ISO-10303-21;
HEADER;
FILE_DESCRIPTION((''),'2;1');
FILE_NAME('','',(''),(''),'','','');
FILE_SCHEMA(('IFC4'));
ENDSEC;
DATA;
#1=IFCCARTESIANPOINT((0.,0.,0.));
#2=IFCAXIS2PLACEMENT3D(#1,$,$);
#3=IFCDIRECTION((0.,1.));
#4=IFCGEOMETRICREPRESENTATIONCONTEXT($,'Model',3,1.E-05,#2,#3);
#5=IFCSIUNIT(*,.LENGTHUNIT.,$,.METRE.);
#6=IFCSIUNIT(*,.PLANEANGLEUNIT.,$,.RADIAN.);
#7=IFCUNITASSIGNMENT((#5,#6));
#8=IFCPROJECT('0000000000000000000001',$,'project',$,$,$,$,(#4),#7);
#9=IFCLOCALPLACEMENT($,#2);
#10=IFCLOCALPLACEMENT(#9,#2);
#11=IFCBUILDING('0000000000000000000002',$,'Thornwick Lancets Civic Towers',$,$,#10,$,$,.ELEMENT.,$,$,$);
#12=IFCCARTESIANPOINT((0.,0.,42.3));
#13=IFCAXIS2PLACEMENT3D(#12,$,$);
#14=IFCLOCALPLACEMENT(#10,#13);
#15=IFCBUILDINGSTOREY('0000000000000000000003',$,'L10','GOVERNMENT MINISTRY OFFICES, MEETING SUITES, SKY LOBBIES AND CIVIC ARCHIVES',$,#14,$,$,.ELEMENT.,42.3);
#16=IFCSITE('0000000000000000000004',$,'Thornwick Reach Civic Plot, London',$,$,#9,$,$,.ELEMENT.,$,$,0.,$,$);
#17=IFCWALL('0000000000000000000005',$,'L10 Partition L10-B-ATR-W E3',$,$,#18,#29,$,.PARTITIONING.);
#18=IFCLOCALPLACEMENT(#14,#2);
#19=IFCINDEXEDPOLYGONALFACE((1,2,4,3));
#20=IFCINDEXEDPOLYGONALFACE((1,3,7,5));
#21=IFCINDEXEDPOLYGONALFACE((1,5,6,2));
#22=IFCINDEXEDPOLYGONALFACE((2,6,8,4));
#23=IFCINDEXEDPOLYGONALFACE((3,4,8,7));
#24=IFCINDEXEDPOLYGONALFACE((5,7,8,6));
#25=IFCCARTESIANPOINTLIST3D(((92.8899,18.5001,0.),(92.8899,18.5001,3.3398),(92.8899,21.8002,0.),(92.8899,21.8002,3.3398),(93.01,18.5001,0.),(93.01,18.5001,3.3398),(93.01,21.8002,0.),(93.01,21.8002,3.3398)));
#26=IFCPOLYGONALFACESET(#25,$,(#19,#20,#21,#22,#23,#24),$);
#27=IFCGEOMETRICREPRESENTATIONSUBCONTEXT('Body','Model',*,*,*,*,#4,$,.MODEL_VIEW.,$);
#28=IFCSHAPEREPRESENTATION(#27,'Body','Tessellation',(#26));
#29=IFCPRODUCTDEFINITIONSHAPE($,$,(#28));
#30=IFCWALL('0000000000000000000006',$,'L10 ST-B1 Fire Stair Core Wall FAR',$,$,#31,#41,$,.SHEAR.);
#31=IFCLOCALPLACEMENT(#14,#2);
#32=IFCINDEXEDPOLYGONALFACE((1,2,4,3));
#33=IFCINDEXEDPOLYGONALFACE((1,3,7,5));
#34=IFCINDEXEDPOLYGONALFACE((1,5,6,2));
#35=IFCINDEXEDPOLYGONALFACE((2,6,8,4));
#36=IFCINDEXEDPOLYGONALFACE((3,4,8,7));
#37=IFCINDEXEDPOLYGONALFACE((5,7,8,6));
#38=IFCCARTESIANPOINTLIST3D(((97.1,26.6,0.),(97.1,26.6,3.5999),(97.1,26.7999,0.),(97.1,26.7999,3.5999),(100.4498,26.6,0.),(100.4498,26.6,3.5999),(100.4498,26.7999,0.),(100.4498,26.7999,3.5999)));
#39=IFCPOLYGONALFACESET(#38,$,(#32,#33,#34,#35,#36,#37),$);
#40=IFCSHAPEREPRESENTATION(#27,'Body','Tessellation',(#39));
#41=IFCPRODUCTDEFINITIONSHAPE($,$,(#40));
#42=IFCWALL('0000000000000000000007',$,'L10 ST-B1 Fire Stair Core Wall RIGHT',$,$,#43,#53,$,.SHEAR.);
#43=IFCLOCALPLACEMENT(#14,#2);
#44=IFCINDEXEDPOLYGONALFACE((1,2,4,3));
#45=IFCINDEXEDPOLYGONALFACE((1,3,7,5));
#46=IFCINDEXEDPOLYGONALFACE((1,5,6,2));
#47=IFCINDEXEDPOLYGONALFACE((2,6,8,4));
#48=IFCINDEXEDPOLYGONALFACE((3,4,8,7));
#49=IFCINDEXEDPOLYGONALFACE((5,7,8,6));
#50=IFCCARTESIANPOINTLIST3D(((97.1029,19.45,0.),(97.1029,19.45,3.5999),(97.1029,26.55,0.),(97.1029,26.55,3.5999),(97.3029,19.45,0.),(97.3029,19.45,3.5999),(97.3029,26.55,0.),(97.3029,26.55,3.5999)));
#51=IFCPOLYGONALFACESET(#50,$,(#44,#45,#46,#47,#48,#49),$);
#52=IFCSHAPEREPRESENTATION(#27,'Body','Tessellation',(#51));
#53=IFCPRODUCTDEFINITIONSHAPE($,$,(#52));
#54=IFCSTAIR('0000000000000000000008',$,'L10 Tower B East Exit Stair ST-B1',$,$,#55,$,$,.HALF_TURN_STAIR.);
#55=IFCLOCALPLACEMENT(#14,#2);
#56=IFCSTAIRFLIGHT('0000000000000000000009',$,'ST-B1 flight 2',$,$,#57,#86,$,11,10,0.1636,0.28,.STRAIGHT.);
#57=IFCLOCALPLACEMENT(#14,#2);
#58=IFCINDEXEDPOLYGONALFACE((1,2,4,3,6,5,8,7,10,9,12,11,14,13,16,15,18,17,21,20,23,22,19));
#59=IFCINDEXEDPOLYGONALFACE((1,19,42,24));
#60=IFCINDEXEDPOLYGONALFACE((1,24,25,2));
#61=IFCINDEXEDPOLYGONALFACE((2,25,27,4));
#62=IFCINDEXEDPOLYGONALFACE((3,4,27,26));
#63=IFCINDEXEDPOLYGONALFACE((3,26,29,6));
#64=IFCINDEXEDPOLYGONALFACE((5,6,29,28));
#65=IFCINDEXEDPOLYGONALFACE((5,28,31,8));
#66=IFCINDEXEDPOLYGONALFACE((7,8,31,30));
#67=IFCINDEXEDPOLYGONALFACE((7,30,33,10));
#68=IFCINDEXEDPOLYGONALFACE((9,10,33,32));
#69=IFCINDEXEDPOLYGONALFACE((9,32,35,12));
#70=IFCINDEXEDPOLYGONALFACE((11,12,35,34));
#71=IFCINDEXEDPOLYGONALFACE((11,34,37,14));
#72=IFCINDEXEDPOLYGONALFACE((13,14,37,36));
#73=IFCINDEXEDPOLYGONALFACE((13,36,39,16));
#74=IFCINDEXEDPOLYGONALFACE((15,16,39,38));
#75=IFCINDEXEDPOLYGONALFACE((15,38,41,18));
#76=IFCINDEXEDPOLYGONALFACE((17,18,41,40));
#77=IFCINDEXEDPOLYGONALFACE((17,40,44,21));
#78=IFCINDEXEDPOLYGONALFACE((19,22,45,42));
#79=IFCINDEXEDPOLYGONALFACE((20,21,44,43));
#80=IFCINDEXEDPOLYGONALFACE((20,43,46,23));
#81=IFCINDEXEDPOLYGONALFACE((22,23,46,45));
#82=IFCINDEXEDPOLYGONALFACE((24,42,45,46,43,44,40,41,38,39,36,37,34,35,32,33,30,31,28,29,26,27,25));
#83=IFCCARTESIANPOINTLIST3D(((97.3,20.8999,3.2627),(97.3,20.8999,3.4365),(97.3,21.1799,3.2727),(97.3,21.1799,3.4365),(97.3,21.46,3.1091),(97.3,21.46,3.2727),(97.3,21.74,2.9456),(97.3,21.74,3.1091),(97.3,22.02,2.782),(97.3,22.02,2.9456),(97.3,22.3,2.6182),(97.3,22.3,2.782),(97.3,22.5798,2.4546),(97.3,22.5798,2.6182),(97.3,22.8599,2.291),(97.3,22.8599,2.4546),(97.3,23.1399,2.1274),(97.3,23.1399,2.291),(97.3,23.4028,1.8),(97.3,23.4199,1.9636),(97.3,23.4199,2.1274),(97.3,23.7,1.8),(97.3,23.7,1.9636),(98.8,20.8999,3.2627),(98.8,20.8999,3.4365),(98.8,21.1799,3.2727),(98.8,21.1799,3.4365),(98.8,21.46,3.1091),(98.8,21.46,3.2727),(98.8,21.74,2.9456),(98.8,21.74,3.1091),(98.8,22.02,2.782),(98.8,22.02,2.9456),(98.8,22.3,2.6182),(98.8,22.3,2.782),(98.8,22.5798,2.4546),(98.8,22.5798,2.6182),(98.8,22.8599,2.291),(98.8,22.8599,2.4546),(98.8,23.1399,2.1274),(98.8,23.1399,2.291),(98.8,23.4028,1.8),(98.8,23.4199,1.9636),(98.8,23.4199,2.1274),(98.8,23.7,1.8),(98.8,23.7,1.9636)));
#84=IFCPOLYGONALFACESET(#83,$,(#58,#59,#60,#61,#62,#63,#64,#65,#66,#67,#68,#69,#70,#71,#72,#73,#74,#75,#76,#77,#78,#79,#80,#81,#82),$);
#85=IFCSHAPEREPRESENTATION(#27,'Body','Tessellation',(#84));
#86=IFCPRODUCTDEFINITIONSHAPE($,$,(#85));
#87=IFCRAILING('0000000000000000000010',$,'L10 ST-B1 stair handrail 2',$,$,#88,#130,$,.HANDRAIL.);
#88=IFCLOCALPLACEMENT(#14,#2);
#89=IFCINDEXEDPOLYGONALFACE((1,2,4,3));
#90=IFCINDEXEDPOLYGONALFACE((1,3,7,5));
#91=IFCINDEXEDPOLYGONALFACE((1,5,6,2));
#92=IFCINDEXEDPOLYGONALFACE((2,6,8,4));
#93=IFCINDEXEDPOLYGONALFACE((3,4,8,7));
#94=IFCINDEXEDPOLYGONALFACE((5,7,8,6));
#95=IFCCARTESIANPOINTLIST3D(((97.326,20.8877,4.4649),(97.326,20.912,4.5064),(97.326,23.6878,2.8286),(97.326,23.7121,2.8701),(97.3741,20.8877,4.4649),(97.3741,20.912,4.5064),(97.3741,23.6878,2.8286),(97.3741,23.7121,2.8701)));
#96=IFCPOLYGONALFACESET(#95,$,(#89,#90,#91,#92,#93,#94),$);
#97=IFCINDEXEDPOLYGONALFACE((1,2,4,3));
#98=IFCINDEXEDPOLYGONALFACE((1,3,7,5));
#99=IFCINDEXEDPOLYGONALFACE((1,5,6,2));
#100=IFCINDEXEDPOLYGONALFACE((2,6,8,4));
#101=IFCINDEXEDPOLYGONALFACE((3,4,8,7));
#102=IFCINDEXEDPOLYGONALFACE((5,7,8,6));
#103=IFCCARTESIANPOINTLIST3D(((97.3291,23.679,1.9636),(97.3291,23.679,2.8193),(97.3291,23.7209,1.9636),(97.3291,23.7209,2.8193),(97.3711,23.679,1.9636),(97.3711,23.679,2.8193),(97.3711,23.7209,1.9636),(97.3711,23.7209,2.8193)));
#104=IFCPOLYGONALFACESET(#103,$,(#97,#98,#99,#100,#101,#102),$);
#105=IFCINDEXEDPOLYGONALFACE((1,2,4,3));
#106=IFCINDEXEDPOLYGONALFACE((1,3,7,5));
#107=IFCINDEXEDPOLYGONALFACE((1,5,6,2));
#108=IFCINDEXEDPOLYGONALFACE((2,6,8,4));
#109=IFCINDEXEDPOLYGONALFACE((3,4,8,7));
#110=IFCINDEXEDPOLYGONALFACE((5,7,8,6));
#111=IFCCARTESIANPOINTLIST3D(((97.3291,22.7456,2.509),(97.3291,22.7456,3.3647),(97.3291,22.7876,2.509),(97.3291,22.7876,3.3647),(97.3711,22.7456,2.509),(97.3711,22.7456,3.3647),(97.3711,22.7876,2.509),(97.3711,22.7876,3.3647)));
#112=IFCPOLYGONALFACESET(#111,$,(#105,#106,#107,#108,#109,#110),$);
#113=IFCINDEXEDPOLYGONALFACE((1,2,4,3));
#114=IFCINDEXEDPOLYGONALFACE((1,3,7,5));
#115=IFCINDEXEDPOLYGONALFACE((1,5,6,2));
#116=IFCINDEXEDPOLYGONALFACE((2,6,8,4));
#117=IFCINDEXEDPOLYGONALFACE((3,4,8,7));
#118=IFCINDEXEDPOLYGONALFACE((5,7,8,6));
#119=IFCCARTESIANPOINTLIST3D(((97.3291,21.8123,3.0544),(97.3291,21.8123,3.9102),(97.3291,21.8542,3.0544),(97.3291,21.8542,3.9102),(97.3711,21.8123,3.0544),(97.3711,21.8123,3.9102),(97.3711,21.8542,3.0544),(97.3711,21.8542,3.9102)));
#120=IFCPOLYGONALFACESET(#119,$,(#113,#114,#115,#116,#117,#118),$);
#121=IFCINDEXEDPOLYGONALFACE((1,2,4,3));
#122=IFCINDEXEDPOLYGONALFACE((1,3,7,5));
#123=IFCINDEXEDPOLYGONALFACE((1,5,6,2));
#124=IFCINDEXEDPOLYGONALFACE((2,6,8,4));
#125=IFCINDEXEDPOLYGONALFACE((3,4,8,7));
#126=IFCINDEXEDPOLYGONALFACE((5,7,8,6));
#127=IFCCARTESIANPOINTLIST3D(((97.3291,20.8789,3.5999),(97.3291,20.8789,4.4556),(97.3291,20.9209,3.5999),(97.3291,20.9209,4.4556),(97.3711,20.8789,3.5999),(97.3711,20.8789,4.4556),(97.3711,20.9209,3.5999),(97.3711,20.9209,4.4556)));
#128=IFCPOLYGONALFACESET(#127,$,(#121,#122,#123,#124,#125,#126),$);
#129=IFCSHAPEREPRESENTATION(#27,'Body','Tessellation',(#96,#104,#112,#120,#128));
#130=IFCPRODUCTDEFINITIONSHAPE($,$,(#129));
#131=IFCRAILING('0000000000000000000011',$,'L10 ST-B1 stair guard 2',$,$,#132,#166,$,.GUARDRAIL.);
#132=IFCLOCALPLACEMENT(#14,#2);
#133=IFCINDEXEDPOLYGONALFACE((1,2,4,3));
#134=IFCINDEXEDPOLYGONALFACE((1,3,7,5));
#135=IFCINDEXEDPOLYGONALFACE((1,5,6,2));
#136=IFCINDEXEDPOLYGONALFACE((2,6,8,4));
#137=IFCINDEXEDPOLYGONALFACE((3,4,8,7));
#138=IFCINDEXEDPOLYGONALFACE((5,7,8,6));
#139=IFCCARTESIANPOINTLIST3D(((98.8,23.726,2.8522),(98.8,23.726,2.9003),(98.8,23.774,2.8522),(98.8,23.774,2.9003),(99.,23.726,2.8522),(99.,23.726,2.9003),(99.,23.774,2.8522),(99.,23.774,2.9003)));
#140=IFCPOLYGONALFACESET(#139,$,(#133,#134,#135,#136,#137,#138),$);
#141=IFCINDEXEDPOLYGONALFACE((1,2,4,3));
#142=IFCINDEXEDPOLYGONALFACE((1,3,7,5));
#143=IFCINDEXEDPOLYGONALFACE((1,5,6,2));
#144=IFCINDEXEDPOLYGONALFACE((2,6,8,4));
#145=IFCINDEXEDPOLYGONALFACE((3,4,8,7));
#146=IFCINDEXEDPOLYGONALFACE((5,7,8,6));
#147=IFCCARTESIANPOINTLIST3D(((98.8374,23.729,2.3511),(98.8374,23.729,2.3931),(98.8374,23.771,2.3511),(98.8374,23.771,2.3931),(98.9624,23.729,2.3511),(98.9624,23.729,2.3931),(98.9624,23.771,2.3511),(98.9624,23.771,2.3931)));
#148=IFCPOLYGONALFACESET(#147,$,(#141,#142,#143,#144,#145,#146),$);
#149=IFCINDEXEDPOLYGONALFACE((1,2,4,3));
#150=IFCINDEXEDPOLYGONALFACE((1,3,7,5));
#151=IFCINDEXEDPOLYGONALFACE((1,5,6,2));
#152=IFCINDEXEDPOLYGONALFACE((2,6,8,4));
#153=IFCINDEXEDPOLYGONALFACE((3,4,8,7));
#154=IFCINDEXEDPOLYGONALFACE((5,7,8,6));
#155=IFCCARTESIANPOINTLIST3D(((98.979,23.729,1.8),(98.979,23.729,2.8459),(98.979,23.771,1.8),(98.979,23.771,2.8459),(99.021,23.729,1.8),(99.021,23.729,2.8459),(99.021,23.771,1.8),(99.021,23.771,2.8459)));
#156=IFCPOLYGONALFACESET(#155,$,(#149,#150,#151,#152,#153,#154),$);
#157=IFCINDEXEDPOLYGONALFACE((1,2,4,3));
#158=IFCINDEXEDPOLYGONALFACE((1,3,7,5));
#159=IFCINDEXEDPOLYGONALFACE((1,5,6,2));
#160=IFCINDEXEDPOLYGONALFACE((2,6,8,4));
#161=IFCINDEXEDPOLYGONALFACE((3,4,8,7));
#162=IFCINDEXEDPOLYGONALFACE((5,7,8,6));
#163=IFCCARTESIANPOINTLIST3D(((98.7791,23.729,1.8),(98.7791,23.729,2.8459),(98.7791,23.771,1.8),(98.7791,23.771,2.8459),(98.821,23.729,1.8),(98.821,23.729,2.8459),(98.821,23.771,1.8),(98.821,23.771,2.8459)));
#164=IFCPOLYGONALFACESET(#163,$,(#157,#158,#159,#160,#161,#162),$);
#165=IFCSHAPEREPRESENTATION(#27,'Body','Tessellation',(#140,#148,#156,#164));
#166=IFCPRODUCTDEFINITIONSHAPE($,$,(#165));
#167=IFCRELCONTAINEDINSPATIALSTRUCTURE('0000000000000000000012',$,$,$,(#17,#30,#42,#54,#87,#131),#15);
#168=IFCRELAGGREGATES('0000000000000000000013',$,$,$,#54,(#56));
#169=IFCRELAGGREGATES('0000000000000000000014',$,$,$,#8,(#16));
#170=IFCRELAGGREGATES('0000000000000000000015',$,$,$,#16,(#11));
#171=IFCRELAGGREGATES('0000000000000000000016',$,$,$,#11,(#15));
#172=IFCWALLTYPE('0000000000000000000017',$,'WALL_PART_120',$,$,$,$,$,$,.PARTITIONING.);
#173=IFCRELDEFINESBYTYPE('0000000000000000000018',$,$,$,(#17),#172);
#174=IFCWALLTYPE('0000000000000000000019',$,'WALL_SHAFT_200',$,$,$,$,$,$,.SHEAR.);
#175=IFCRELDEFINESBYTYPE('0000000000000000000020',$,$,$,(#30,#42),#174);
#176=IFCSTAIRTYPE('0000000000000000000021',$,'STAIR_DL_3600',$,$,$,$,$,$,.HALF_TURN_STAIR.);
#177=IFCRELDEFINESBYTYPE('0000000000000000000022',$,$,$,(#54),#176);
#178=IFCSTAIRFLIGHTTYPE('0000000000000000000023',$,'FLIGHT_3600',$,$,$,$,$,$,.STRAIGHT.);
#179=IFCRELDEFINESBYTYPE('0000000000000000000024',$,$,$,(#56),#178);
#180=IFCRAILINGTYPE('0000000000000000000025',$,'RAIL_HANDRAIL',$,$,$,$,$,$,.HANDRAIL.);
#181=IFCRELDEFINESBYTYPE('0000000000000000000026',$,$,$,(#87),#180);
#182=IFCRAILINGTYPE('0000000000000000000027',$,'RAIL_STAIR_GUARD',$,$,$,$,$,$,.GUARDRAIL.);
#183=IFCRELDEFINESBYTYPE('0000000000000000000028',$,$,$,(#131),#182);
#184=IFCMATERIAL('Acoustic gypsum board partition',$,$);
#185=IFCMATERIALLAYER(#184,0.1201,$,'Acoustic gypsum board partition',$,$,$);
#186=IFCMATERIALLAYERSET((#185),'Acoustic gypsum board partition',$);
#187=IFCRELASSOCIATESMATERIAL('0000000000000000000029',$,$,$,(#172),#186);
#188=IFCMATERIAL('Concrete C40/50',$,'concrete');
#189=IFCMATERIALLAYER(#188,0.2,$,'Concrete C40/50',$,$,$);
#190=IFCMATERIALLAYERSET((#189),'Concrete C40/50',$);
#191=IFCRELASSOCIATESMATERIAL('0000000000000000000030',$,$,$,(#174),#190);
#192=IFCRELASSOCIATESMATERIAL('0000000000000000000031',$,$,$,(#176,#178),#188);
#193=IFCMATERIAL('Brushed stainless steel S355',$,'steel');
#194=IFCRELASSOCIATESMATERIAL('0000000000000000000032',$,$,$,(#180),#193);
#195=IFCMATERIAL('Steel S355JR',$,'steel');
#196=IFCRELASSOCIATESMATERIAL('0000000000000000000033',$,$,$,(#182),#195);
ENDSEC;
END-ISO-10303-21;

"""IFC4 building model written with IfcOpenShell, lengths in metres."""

from ifc_helpers import new_model, si_unit, direction, frame, frame_2d, origin, origin_2d, place, context, subcontext, project, spatial, polyline, rectangle, outline, extrude, material, layer, layer_set, type_object, element, aggregate, save


model = new_model("IFC4")

# Units and contexts
model_context = context("Model", 3, precision=1e-05, world=origin(), true_north=direction((0.0, 1.0)))
body_context = subcontext(model_context, "Body", "Model", "MODEL_VIEW")
ifc_project = project(units=[si_unit("LENGTHUNIT", "METRE"), si_unit("PLANEANGLEUNIT", "RADIAN")], contexts=[model_context])

# Site, building, storey
site_placement = place(None, origin())
site = spatial("IfcSite", under=ifc_project, at=site_placement, Name="Thornwick Reach Civic Plot, London", CompositionType="ELEMENT", RefElevation=0.0)
building_placement = place(site_placement, origin())
building = spatial("IfcBuilding", under=site, at=building_placement, Name="Thornwick Lancets Civic Towers", CompositionType="ELEMENT")
storey_placement = place(building_placement, frame((0.0, 0.0, 42.3)))
storey = spatial("IfcBuildingStorey", under=building, at=storey_placement, Name="L10", Description="GOVERNMENT MINISTRY OFFICES, MEETING SUITES, SKY LOBBIES AND CIVIC ARCHIVES", CompositionType="ELEMENT", Elevation=42.3)

# Shared definitions
ifc_material_1 = material(Name="Acoustic gypsum board partition")
ifc_layer_1 = layer(ifc_material_1, 0.1201, Name="Acoustic gypsum board partition")
ifc_layer_set_1 = layer_set([ifc_layer_1], Name="Acoustic gypsum board partition")
wall_type_1 = type_object("IfcWallType", Name="WALL_PART_120", PredefinedType="PARTITIONING", material=ifc_layer_set_1)

# Walls
wall_1_placement = place(storey_placement, frame((92.95, 21.8, 0.0), z_axis=(0.0, 0.0, 1.0), x_axis=(0.0, -1.0, 0.0)))
element("IfcWall", 1, at=wall_1_placement, inside=storey, type_object=wall_type_1, Name="L10 Partition L10-B-ATR-W E3", PredefinedType="PARTITIONING", context=body_context, shape_type="SweptSolid", body=[
    extrude(rectangle(XDim=3.3, YDim=0.1201, at=frame_2d((1.6499, 0.0))), origin(), (0.0, 0.0, 1.0), 3.3398),
])
ifc_material_2 = material(Name="Concrete C40/50", Category="concrete")
ifc_layer_2 = layer(ifc_material_2, 0.2, Name="Concrete C40/50")
ifc_layer_set_2 = layer_set([ifc_layer_2], Name="Concrete C40/50")
wall_type_2 = type_object("IfcWallType", Name="WALL_SHAFT_200", PredefinedType="SHEAR", material=ifc_layer_set_2)
wall_2_placement = place(storey_placement, frame((97.1001, 26.7, 0.0), z_axis=(0.0, 0.0, 1.0), x_axis=(1.0, 0.0, 0.0)))
element("IfcWall", 2, at=wall_2_placement, inside=storey, type_object=wall_type_2, Name="L10 ST-B1 Fire Stair Core Wall FAR", PredefinedType="SHEAR", context=body_context, shape_type="SweptSolid", body=[
    extrude(rectangle(XDim=3.3499, YDim=0.2, at=frame_2d((1.6748, 0.0))), origin(), (0.0, 0.0, 1.0), 3.5999),
])
wall_3_placement = place(storey_placement, frame((97.2029, 26.55, 0.0), z_axis=(0.0, 0.0, 1.0), x_axis=(0.0, -1.0, 0.0)))
element("IfcWall", 3, at=wall_3_placement, inside=storey, type_object=wall_type_2, Name="L10 ST-B1 Fire Stair Core Wall RIGHT", PredefinedType="SHEAR", context=body_context, shape_type="SweptSolid", body=[
    extrude(rectangle(XDim=7.1001, YDim=0.2, at=frame_2d((3.55, 0.0))), origin(), (0.0, 0.0, 1.0), 3.5999),
])

# Stair, stair flight
stair_type = type_object("IfcStairType", Name="STAIR_DL_3600", PredefinedType="HALF_TURN_STAIR", material=ifc_material_2)
stair_placement = place(storey_placement, origin())
stair = element("IfcStair", 4, at=stair_placement, inside=storey, type_object=stair_type, Name="L10 Tower B East Exit Stair ST-B1", PredefinedType="HALF_TURN_STAIR")
stair_flight_type = type_object("IfcStairFlightType", Name="FLIGHT_3600", PredefinedType="STRAIGHT", material=ifc_material_2)
stair_flight_placement = place(storey_placement, frame((98.05, 23.7, 1.8), z_axis=(0.0, 0.0, 1.0), x_axis=(0.0, -1.0, 0.0)))
stair_flight = element("IfcStairFlight", 5, at=stair_flight_placement, type_object=stair_flight_type, Name="ST-B1 flight 2", NumberOfRisers=11, NumberOfTreads=10, PredefinedType="STRAIGHT", RiserHeight=0.1636, TreadLength=0.28, context=body_context, shape_type="SweptSolid", body=[
    extrude(outline(polyline([(0.0, 0.0), (0.0, 0.1636), (0.28, 0.1636), (0.28, 0.3274), (0.5601, 0.3274), (0.5601, 0.491), (0.8401, 0.491), (0.8401, 0.6545), (1.1201, 0.6545), (1.1201, 0.8181), (1.3999, 0.8181), (1.3999, 0.9819), (1.6799, 0.9819), (1.6799, 1.1455), (1.96, 1.1455), (1.96, 1.3091), (2.24, 1.3091), (2.24, 1.4727), (2.52, 1.4727), (2.52, 1.6365), (2.8, 1.6365), (2.8, 1.8), (2.8, 1.4626), (0.2971, 0.0), (0.0, 0.0)])), frame((0.0, 0.75, 0.0), z_axis=(0.0, -1.0, 0.0), x_axis=(1.0, 0.0, 0.0)), (0.0, 0.0, 1.0), 1.5),
])
aggregate(stair, [stair_flight])

# Railings
ifc_material_3 = material(Name="Brushed stainless steel S355", Category="steel")
railing_type_1 = type_object("IfcRailingType", Name="RAIL_HANDRAIL", PredefinedType="HANDRAIL", material=ifc_material_3)
railing_1_placement = place(storey_placement, frame((97.3501, 23.7, 1.9636)))
element("IfcRailing", 6, at=railing_1_placement, inside=storey, type_object=railing_type_1, Name="L10 ST-B1 stair handrail 2", PredefinedType="HANDRAIL", context=body_context, shape_type="SweptSolid", body=[
    extrude(rectangle(XDim=0.0481, YDim=0.0481, at=origin_2d()), frame((0.0, 0.0, 0.8857), z_axis=(0.0, -0.863394, 0.504531), x_axis=(1.0, 0.0, 0.0)), (0.0, 0.0, 1.0), 3.2432),
    extrude(rectangle(XDim=0.042, YDim=0.042, at=origin_2d()), origin(), (0.0, 0.0, 1.0), 0.8557),
    extrude(rectangle(XDim=0.042, YDim=0.042, at=origin_2d()), frame((0.0, -0.9333, 0.5454)), (0.0, 0.0, 1.0), 0.8557),
    extrude(rectangle(XDim=0.042, YDim=0.042, at=origin_2d()), frame((0.0, -1.8667, 1.0908)), (0.0, 0.0, 1.0), 0.8557),
    extrude(rectangle(XDim=0.042, YDim=0.042, at=origin_2d()), frame((0.0, -2.8, 1.6362)), (0.0, 0.0, 1.0), 0.8557),
])
ifc_material_4 = material(Name="Steel S355JR", Category="steel")
railing_type_2 = type_object("IfcRailingType", Name="RAIL_STAIR_GUARD", PredefinedType="GUARDRAIL", material=ifc_material_4)
railing_2_placement = place(storey_placement, frame((99.0, 23.75, 1.8)))
element("IfcRailing", 7, at=railing_2_placement, inside=storey, type_object=railing_type_2, Name="L10 ST-B1 stair guard 2", PredefinedType="GUARDRAIL", context=body_context, shape_type="SweptSolid", body=[
    extrude(rectangle(XDim=0.0481, YDim=0.0481, at=origin_2d()), frame((0.0, 0.0, 1.0762), z_axis=(-1.0, 0.0, 0.0), x_axis=(0.0, -1.0, 0.0)), (0.0, 0.0, 1.0), 0.2),
    extrude(rectangle(XDim=0.042, YDim=0.042, at=origin_2d()), frame((-0.0376, 0.0, 0.572), z_axis=(-1.0, 0.0, 0.0), x_axis=(0.0, -1.0, 0.0)), (0.0, 0.0, 1.0), 0.125),
    extrude(rectangle(XDim=0.042, YDim=0.042, at=origin_2d()), origin(), (0.0, 0.0, 1.0), 1.0459),
    extrude(rectangle(XDim=0.042, YDim=0.042, at=origin_2d()), frame((-0.2, 0.0, 0.0)), (0.0, 0.0, 1.0), 1.0459),
])

save(model, "model.ifc")
